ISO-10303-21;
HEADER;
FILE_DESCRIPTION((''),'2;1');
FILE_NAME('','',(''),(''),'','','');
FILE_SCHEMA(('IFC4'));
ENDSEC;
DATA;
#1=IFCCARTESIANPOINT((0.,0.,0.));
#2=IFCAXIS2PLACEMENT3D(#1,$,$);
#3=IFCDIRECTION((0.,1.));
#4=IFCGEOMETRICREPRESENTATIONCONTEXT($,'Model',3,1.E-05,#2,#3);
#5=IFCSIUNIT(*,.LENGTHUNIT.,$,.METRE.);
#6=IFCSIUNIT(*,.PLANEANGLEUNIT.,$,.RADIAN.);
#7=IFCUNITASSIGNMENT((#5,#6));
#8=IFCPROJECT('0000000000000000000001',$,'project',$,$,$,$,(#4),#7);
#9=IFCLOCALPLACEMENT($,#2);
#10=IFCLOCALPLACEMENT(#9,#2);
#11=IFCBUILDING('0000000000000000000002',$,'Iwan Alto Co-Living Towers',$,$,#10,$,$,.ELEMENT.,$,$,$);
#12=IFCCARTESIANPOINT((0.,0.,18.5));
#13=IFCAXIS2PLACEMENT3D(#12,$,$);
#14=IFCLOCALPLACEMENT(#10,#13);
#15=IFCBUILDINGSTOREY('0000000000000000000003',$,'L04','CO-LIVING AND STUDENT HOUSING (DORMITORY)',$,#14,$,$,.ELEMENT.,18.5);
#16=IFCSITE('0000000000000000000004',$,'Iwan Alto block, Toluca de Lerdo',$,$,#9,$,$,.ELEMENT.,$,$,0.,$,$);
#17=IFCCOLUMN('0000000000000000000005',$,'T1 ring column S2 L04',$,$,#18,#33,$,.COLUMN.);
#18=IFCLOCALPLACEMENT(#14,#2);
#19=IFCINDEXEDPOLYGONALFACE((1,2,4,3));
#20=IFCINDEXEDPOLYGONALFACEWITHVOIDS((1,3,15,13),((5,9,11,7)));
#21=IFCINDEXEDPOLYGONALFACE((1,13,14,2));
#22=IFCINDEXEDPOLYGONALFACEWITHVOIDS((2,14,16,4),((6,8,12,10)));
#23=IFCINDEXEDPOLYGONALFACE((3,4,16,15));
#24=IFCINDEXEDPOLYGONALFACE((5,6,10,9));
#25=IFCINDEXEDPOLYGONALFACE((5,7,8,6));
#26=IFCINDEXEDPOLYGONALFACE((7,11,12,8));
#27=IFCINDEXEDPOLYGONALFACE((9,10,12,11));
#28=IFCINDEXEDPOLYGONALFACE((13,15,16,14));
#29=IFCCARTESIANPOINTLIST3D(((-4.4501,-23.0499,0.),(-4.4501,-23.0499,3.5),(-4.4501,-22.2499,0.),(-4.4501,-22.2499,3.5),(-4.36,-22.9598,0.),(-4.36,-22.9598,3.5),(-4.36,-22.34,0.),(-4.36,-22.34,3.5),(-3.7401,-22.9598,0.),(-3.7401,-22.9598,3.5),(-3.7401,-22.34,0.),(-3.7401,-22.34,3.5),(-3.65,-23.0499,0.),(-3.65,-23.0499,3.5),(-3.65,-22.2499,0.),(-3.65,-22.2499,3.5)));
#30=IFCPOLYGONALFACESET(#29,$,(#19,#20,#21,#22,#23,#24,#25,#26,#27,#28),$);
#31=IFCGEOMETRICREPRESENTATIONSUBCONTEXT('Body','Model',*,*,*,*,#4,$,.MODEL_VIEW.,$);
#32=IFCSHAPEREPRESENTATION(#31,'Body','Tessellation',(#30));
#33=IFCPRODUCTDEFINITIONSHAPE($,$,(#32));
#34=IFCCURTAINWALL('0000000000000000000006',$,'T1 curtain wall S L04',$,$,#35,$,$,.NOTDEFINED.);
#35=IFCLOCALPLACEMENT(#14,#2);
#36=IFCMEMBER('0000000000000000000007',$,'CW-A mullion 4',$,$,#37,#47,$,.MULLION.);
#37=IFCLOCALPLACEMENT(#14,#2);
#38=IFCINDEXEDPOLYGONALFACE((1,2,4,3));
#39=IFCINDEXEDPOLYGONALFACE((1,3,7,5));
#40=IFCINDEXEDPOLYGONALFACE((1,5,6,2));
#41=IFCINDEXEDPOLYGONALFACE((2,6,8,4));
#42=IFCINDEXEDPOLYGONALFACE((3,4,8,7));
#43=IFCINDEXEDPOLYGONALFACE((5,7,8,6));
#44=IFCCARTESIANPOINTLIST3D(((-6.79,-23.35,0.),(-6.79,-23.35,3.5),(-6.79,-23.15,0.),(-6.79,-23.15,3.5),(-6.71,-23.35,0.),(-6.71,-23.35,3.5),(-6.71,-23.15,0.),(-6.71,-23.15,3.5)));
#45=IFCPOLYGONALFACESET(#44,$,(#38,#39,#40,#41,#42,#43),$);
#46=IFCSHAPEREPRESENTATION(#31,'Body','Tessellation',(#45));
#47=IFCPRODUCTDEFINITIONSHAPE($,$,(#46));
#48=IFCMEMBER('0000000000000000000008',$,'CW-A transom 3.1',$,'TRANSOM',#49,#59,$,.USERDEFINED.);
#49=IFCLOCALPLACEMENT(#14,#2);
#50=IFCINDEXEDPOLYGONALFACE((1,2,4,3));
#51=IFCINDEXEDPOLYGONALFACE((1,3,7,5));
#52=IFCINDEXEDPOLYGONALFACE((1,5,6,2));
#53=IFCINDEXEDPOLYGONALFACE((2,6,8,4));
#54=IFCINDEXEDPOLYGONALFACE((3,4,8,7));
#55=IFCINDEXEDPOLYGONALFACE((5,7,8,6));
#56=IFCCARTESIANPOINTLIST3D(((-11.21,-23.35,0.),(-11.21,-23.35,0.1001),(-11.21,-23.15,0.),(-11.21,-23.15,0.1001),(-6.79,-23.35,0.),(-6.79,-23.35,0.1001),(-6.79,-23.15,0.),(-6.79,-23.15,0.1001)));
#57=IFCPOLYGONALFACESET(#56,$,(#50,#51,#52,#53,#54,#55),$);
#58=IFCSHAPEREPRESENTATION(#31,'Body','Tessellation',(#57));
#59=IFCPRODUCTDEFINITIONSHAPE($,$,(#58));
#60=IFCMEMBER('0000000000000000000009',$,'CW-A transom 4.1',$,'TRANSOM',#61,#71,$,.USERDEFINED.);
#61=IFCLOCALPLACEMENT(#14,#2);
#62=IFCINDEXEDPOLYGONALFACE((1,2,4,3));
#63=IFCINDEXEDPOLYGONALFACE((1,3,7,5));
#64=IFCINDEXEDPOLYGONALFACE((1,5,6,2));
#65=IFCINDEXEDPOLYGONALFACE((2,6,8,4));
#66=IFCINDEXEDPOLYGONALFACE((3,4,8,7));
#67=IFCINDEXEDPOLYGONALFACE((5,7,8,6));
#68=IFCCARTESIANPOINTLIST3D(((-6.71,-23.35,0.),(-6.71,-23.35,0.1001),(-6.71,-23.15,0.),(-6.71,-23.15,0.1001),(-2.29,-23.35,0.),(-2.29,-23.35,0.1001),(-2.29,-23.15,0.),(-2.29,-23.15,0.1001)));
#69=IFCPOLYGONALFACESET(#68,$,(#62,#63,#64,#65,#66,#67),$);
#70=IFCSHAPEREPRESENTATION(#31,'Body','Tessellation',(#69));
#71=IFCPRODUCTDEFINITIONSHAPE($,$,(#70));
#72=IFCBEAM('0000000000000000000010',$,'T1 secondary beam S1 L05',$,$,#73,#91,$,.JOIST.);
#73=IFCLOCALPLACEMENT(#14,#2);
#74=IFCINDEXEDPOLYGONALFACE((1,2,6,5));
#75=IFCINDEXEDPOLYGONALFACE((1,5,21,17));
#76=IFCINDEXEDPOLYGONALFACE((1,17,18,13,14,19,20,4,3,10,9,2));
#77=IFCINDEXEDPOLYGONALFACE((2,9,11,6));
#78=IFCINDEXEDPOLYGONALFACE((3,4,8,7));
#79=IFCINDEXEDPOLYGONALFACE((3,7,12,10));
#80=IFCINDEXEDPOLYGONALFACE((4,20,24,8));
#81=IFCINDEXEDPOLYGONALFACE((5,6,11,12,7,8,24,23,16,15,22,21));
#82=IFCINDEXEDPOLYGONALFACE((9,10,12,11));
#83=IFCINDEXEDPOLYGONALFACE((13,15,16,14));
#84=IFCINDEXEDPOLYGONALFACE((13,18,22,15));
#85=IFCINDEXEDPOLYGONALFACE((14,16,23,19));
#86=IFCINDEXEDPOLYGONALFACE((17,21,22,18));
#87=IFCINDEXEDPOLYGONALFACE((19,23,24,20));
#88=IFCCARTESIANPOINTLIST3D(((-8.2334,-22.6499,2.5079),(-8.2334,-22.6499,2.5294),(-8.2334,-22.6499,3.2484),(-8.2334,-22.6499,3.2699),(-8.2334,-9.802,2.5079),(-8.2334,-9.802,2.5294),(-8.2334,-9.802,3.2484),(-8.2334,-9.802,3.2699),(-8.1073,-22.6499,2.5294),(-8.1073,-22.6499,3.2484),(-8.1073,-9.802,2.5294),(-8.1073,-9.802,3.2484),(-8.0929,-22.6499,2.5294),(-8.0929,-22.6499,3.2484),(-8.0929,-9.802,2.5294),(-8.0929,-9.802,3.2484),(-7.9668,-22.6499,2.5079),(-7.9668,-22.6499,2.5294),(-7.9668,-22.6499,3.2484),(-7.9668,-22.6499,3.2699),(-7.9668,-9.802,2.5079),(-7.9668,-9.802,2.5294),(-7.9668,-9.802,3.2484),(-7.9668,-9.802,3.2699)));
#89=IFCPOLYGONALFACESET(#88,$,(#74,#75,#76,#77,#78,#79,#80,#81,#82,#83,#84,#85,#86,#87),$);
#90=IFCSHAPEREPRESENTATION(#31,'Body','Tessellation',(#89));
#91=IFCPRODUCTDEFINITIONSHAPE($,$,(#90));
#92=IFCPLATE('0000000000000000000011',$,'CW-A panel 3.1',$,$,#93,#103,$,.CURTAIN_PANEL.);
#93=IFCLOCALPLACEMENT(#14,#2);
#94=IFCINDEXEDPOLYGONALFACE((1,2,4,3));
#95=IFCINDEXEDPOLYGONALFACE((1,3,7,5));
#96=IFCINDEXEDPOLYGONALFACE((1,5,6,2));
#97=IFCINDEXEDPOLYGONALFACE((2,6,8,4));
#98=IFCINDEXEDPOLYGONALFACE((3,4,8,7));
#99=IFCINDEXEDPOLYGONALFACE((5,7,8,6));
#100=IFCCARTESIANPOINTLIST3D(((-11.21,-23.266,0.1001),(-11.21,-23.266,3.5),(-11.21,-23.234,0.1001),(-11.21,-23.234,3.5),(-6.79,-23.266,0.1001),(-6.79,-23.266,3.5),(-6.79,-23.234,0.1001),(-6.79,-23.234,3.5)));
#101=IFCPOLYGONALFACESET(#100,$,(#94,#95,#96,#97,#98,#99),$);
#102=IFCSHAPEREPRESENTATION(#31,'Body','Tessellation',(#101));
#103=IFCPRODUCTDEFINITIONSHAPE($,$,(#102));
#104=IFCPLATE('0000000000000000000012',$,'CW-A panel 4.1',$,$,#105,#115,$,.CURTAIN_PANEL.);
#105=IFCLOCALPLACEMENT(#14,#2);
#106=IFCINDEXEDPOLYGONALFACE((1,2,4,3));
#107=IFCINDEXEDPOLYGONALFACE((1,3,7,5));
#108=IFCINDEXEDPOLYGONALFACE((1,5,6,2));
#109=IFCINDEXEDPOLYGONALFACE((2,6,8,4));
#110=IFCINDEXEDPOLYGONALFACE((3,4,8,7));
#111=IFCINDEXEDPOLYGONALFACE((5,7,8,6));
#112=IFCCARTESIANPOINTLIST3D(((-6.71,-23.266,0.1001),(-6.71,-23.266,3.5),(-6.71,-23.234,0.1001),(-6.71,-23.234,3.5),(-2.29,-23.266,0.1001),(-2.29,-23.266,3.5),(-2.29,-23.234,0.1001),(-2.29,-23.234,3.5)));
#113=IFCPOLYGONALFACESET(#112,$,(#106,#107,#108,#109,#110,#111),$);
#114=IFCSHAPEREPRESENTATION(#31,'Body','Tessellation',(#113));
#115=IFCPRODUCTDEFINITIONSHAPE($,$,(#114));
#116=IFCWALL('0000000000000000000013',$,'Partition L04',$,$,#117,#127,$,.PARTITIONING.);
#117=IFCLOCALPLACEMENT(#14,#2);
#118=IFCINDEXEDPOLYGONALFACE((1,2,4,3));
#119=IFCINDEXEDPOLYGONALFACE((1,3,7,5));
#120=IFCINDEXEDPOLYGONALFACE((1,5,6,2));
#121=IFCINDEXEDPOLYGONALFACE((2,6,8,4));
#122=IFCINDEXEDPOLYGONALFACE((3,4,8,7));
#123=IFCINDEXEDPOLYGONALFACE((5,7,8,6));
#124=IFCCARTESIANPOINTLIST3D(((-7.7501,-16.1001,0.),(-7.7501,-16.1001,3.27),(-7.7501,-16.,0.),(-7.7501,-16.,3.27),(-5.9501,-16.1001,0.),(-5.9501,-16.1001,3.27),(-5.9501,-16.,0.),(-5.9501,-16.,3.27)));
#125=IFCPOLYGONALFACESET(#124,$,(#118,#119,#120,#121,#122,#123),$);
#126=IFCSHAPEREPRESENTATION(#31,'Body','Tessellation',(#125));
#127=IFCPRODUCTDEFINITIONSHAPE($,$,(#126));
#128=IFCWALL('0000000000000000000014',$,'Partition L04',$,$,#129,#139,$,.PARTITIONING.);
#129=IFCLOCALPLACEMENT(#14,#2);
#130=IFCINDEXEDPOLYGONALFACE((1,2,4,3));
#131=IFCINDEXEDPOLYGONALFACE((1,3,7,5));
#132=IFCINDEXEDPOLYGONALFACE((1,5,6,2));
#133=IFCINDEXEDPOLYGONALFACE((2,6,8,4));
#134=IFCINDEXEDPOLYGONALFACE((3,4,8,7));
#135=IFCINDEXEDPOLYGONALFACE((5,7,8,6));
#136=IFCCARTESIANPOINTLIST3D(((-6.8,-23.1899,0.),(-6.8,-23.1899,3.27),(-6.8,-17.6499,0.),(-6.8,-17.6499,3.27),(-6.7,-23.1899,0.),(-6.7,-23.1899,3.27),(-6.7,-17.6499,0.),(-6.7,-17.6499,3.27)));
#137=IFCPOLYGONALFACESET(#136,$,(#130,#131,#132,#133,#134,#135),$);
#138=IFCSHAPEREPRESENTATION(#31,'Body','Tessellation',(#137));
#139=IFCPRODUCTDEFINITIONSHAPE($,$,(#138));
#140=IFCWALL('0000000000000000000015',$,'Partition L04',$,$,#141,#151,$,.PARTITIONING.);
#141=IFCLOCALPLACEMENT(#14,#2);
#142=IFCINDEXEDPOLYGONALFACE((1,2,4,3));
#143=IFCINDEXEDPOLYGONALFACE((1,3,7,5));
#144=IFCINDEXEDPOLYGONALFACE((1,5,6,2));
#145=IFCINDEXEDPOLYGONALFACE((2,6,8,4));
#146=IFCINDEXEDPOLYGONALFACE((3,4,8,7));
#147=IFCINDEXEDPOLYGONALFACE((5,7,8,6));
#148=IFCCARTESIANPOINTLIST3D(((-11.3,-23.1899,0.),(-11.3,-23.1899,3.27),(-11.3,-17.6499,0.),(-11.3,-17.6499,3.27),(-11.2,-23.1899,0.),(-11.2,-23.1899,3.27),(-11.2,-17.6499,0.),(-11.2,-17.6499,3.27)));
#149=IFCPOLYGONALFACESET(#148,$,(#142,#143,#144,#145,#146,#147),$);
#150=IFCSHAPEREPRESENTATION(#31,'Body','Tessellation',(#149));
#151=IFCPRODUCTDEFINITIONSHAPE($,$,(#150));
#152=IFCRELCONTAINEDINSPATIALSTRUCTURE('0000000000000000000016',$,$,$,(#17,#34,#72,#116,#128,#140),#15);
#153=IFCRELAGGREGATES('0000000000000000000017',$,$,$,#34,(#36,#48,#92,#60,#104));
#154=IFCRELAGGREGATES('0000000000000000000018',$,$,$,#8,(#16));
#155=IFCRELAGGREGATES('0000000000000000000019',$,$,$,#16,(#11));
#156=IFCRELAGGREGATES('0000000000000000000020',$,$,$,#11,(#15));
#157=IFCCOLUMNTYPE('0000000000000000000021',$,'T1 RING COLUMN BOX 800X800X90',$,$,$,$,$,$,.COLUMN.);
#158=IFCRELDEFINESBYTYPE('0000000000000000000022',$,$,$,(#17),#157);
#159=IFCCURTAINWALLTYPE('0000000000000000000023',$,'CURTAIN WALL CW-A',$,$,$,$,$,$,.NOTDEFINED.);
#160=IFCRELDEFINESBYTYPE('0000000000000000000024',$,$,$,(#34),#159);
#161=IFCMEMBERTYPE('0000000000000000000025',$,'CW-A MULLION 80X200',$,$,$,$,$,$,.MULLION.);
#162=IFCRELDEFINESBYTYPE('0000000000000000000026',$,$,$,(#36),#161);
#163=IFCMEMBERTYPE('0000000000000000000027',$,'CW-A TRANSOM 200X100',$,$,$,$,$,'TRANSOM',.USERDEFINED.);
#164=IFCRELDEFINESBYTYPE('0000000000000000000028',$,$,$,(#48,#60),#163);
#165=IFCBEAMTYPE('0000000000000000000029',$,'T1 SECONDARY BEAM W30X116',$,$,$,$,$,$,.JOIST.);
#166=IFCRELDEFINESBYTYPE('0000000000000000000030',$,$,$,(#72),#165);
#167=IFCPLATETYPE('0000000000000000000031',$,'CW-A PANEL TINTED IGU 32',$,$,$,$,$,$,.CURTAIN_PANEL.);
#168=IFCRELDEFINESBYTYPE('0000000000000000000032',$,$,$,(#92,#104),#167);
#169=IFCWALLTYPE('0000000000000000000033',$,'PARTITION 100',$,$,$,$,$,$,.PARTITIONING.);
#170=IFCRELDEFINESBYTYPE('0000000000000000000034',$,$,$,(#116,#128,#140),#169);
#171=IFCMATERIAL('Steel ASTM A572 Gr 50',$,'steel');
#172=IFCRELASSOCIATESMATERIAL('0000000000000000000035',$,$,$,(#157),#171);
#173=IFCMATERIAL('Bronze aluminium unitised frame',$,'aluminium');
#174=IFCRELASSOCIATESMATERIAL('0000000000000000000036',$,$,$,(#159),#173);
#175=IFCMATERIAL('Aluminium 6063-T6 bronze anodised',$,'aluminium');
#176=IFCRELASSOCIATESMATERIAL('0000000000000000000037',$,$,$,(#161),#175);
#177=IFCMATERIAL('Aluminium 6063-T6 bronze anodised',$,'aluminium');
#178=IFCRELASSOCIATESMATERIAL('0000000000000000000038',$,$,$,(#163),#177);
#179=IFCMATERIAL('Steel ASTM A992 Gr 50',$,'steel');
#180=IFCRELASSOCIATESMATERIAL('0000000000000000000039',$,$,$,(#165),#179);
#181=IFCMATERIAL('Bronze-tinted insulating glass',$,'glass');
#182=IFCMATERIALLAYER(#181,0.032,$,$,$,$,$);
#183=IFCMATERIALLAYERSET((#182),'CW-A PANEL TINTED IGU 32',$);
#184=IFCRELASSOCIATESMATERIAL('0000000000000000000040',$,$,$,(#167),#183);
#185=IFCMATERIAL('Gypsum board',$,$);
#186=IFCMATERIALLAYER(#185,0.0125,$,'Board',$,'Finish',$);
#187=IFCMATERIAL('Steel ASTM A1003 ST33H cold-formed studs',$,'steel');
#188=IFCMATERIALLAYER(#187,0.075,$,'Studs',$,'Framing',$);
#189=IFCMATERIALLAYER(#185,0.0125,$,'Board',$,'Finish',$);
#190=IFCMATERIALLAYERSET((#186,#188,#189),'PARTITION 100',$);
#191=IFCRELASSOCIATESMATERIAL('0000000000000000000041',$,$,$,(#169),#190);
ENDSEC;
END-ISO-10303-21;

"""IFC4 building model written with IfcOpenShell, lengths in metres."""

from ifc_helpers import new_model, si_unit, direction, frame, frame_2d, origin, origin_2d, place, context, subcontext, project, spatial, rectangle, hollow_rectangle, i_section, extrude, material, layer, layer_set, material_profile, profile_set, type_object, element, aggregate, save


model = new_model("IFC4")

# Units and contexts
model_context = context("Model", 3, precision=1e-05, world=origin(), true_north=direction((0.0, 1.0)))
body_context = subcontext(model_context, "Body", "Model", "MODEL_VIEW")
ifc_project = project(units=[si_unit("LENGTHUNIT", "METRE"), si_unit("PLANEANGLEUNIT", "RADIAN")], contexts=[model_context])

# Site, building, storey
site_placement = place(None, origin())
site = spatial("IfcSite", under=ifc_project, at=site_placement, Name="Iwan Alto block, Toluca de Lerdo", CompositionType="ELEMENT", RefElevation=0.0)
building_placement = place(site_placement, origin())
building = spatial("IfcBuilding", under=site, at=building_placement, Name="Iwan Alto Co-Living Towers", CompositionType="ELEMENT")
storey_placement = place(building_placement, frame((0.0, 0.0, 18.5)))
storey = spatial("IfcBuildingStorey", under=building, at=storey_placement, Name="L04", Description="CO-LIVING AND STUDENT HOUSING (DORMITORY)", CompositionType="ELEMENT", Elevation=18.5)

# Column
ifc_material_1 = material(Name="Steel ASTM A572 Gr 50", Category="steel")
ifc_material_profile_1 = material_profile(ifc_material_1, hollow_rectangle(XDim=0.8, YDim=0.8, WallThickness=0.0901, at=origin_2d()), Name="BOX 800X800X90")
ifc_profile_set_1 = profile_set([ifc_material_profile_1], Name="Steel ASTM A572 Gr 50")
column_type = type_object("IfcColumnType", Name="T1 RING COLUMN BOX 800X800X90", PredefinedType="COLUMN", material=ifc_profile_set_1)
column_placement = place(storey_placement, frame((-4.05, -22.6499, 0.0), z_axis=(0.0, 0.0, 1.0), x_axis=(1.0, 0.0, 0.0)))
element("IfcColumn", 1, at=column_placement, inside=storey, type_object=column_type, Name="T1 ring column S2 L04", PredefinedType="COLUMN", context=body_context, shape_type="SweptSolid", body=[
    extrude(hollow_rectangle(XDim=0.8, YDim=0.8, WallThickness=0.0901, at=origin_2d()), origin(), (0.0, 0.0, 1.0), 3.5),
])

# Curtain wall, members
ifc_material_2 = material(Name="Bronze aluminium unitised frame", Category="aluminium")
curtain_wall_type = type_object("IfcCurtainWallType", Name="CURTAIN WALL CW-A", PredefinedType="NOTDEFINED", material=ifc_material_2)
curtain_wall_placement = place(storey_placement, origin())
curtain_wall = element("IfcCurtainWall", 2, at=curtain_wall_placement, inside=storey, type_object=curtain_wall_type, Name="T1 curtain wall S L04", PredefinedType="NOTDEFINED")
ifc_material_3 = material(Name="Aluminium 6063-T6 bronze anodised", Category="aluminium")
ifc_material_profile_2 = material_profile(ifc_material_3, rectangle(XDim=0.2, YDim=0.0801, at=origin_2d()), Name="AL 80X200")
ifc_profile_set_2 = profile_set([ifc_material_profile_2], Name="Aluminium 6063-T6 bronze anodised")
member_type_1 = type_object("IfcMemberType", Name="CW-A MULLION 80X200", PredefinedType="MULLION", material=ifc_profile_set_2)
member_1_placement = place(storey_placement, frame((-6.75, -23.25, 0.0), z_axis=(0.0, 0.0, 1.0), x_axis=(0.0, 1.0, 0.0)))
member_1 = element("IfcMember", 3, at=member_1_placement, type_object=member_type_1, Name="CW-A mullion 4", PredefinedType="MULLION", context=body_context, shape_type="SweptSolid", body=[
    extrude(rectangle(XDim=0.2, YDim=0.0801, at=origin_2d()), origin(), (0.0, 0.0, 1.0), 3.5),
])
ifc_material_4 = material(Name="Aluminium 6063-T6 bronze anodised", Category="aluminium")
ifc_material_profile_3 = material_profile(ifc_material_4, rectangle(XDim=0.2, YDim=0.1001, at=origin_2d()), Name="AL 200X100")
ifc_profile_set_3 = profile_set([ifc_material_profile_3], Name="Aluminium 6063-T6 bronze anodised")
member_type_2 = type_object("IfcMemberType", Name="CW-A TRANSOM 200X100", ElementType="TRANSOM", PredefinedType="USERDEFINED", material=ifc_profile_set_3)
member_2_placement = place(storey_placement, frame((-11.21, -23.25, 0.05), z_axis=(1.0, 0.0, 0.0), x_axis=(0.0, 1.0, 0.0)))
member_2 = element("IfcMember", 4, at=member_2_placement, type_object=member_type_2, Name="CW-A transom 3.1", ObjectType="TRANSOM", PredefinedType="USERDEFINED", context=body_context, shape_type="SweptSolid", body=[
    extrude(rectangle(XDim=0.2, YDim=0.1001, at=origin_2d()), origin(), (0.0, 0.0, 1.0), 4.4199),
])
member_3_placement = place(storey_placement, frame((-6.71, -23.25, 0.05), z_axis=(1.0, 0.0, 0.0), x_axis=(0.0, 1.0, 0.0)))
member_3 = element("IfcMember", 5, at=member_3_placement, type_object=member_type_2, Name="CW-A transom 4.1", ObjectType="TRANSOM", PredefinedType="USERDEFINED", context=body_context, shape_type="SweptSolid", body=[
    extrude(rectangle(XDim=0.2, YDim=0.1001, at=origin_2d()), origin(), (0.0, 0.0, 1.0), 4.4199),
])

# Beam
ifc_material_5 = material(Name="Steel ASTM A992 Gr 50", Category="steel")
ifc_material_profile_4 = material_profile(ifc_material_5, i_section(OverallWidth=0.2666, OverallDepth=0.762, WebThickness=0.0144, FlangeThickness=0.0215, at=origin_2d()), Name="W30X116")
ifc_profile_set_4 = profile_set([ifc_material_profile_4], Name="Steel ASTM A992 Gr 50")
beam_type = type_object("IfcBeamType", Name="T1 SECONDARY BEAM W30X116", PredefinedType="JOIST", material=ifc_profile_set_4)
beam_placement = place(storey_placement, frame((-8.1001, -22.6499, 2.8889), z_axis=(0.0, 1.0, 0.0), x_axis=(-1.0, 0.0, 0.0)))
element("IfcBeam", 6, at=beam_placement, inside=storey, type_object=beam_type, Name="T1 secondary beam S1 L05", PredefinedType="JOIST", context=body_context, shape_type="SweptSolid", body=[
    extrude(i_section(OverallWidth=0.2666, OverallDepth=0.762, WebThickness=0.0144, FlangeThickness=0.0215, at=origin_2d()), origin(), (0.0, 0.0, 1.0), 12.8479),
])

# Plates
ifc_material_6 = material(Name="Bronze-tinted insulating glass", Category="glass")
ifc_layer_1 = layer(ifc_material_6, 0.032)
ifc_layer_set_1 = layer_set([ifc_layer_1], Name="CW-A PANEL TINTED IGU 32")
plate_type = type_object("IfcPlateType", Name="CW-A PANEL TINTED IGU 32", PredefinedType="CURTAIN_PANEL", material=ifc_layer_set_1)
plate_1_placement = place(storey_placement, frame((-9.0, -23.25, 0.1001), z_axis=(0.0, 0.0, 1.0), x_axis=(1.0, 0.0, 0.0)))
plate_1 = element("IfcPlate", 7, at=plate_1_placement, type_object=plate_type, Name="CW-A panel 3.1", PredefinedType="CURTAIN_PANEL", context=body_context, shape_type="SweptSolid", body=[
    extrude(rectangle(XDim=4.4199, YDim=0.032, at=origin_2d()), origin(), (0.0, 0.0, 1.0), 3.3999),
])
plate_2_placement = place(storey_placement, frame((-4.5, -23.25, 0.1001), z_axis=(0.0, 0.0, 1.0), x_axis=(1.0, 0.0, 0.0)))
plate_2 = element("IfcPlate", 8, at=plate_2_placement, type_object=plate_type, Name="CW-A panel 4.1", PredefinedType="CURTAIN_PANEL", context=body_context, shape_type="SweptSolid", body=[
    extrude(rectangle(XDim=4.4199, YDim=0.032, at=origin_2d()), origin(), (0.0, 0.0, 1.0), 3.3999),
])
aggregate(curtain_wall, [member_1, member_2, plate_1, member_3, plate_2])

# Walls
ifc_material_7 = material(Name="Gypsum board")
ifc_layer_2 = layer(ifc_material_7, 0.0125, Name="Board", Category="Finish")
ifc_material_8 = material(Name="Steel ASTM A1003 ST33H cold-formed studs", Category="steel")
ifc_layer_3 = layer(ifc_material_8, 0.075, Name="Studs", Category="Framing")
ifc_layer_4 = layer(ifc_material_7, 0.0125, Name="Board", Category="Finish")
ifc_layer_set_2 = layer_set([ifc_layer_2, ifc_layer_3, ifc_layer_4], Name="PARTITION 100")
wall_type_1 = type_object("IfcWallType", Name="PARTITION 100", PredefinedType="PARTITIONING", material=ifc_layer_set_2)
wall_1_placement = place(storey_placement, frame((-7.75, -16.05, 0.0), z_axis=(0.0, 0.0, 1.0), x_axis=(1.0, 0.0, 0.0)))
element("IfcWall", 9, at=wall_1_placement, inside=storey, type_object=wall_type_1, Name="Partition L04", PredefinedType="PARTITIONING", context=body_context, shape_type="SweptSolid", body=[
    extrude(rectangle(XDim=1.8, YDim=0.1001, at=frame_2d((0.8999, 0.0))), origin(), (0.0, 0.0, 1.0), 3.27),
])
for number, where, z_axis, x_axis, name in (
    (10, (-6.75, -23.1899, 0.0), (0.0, 0.0, 1.0), (0.0, 1.0, 0.0), "Partition L04"),
    (11, (-11.25, -23.1899, 0.0), (0.0, 0.0, 1.0), (0.0, 1.0, 0.0), "Partition L04"),
):
    element("IfcWall", number, at=place(storey_placement, frame(where, z_axis=z_axis, x_axis=x_axis)), inside=storey, type_object=wall_type_1, Name=name, PredefinedType="PARTITIONING", context=body_context, shape_type="SweptSolid", body=[
        extrude(rectangle(XDim=5.54, YDim=0.1001, at=frame_2d((2.77, 0.0))), origin(), (0.0, 0.0, 1.0), 3.27),
    ])

save(model, "model.ifc")
